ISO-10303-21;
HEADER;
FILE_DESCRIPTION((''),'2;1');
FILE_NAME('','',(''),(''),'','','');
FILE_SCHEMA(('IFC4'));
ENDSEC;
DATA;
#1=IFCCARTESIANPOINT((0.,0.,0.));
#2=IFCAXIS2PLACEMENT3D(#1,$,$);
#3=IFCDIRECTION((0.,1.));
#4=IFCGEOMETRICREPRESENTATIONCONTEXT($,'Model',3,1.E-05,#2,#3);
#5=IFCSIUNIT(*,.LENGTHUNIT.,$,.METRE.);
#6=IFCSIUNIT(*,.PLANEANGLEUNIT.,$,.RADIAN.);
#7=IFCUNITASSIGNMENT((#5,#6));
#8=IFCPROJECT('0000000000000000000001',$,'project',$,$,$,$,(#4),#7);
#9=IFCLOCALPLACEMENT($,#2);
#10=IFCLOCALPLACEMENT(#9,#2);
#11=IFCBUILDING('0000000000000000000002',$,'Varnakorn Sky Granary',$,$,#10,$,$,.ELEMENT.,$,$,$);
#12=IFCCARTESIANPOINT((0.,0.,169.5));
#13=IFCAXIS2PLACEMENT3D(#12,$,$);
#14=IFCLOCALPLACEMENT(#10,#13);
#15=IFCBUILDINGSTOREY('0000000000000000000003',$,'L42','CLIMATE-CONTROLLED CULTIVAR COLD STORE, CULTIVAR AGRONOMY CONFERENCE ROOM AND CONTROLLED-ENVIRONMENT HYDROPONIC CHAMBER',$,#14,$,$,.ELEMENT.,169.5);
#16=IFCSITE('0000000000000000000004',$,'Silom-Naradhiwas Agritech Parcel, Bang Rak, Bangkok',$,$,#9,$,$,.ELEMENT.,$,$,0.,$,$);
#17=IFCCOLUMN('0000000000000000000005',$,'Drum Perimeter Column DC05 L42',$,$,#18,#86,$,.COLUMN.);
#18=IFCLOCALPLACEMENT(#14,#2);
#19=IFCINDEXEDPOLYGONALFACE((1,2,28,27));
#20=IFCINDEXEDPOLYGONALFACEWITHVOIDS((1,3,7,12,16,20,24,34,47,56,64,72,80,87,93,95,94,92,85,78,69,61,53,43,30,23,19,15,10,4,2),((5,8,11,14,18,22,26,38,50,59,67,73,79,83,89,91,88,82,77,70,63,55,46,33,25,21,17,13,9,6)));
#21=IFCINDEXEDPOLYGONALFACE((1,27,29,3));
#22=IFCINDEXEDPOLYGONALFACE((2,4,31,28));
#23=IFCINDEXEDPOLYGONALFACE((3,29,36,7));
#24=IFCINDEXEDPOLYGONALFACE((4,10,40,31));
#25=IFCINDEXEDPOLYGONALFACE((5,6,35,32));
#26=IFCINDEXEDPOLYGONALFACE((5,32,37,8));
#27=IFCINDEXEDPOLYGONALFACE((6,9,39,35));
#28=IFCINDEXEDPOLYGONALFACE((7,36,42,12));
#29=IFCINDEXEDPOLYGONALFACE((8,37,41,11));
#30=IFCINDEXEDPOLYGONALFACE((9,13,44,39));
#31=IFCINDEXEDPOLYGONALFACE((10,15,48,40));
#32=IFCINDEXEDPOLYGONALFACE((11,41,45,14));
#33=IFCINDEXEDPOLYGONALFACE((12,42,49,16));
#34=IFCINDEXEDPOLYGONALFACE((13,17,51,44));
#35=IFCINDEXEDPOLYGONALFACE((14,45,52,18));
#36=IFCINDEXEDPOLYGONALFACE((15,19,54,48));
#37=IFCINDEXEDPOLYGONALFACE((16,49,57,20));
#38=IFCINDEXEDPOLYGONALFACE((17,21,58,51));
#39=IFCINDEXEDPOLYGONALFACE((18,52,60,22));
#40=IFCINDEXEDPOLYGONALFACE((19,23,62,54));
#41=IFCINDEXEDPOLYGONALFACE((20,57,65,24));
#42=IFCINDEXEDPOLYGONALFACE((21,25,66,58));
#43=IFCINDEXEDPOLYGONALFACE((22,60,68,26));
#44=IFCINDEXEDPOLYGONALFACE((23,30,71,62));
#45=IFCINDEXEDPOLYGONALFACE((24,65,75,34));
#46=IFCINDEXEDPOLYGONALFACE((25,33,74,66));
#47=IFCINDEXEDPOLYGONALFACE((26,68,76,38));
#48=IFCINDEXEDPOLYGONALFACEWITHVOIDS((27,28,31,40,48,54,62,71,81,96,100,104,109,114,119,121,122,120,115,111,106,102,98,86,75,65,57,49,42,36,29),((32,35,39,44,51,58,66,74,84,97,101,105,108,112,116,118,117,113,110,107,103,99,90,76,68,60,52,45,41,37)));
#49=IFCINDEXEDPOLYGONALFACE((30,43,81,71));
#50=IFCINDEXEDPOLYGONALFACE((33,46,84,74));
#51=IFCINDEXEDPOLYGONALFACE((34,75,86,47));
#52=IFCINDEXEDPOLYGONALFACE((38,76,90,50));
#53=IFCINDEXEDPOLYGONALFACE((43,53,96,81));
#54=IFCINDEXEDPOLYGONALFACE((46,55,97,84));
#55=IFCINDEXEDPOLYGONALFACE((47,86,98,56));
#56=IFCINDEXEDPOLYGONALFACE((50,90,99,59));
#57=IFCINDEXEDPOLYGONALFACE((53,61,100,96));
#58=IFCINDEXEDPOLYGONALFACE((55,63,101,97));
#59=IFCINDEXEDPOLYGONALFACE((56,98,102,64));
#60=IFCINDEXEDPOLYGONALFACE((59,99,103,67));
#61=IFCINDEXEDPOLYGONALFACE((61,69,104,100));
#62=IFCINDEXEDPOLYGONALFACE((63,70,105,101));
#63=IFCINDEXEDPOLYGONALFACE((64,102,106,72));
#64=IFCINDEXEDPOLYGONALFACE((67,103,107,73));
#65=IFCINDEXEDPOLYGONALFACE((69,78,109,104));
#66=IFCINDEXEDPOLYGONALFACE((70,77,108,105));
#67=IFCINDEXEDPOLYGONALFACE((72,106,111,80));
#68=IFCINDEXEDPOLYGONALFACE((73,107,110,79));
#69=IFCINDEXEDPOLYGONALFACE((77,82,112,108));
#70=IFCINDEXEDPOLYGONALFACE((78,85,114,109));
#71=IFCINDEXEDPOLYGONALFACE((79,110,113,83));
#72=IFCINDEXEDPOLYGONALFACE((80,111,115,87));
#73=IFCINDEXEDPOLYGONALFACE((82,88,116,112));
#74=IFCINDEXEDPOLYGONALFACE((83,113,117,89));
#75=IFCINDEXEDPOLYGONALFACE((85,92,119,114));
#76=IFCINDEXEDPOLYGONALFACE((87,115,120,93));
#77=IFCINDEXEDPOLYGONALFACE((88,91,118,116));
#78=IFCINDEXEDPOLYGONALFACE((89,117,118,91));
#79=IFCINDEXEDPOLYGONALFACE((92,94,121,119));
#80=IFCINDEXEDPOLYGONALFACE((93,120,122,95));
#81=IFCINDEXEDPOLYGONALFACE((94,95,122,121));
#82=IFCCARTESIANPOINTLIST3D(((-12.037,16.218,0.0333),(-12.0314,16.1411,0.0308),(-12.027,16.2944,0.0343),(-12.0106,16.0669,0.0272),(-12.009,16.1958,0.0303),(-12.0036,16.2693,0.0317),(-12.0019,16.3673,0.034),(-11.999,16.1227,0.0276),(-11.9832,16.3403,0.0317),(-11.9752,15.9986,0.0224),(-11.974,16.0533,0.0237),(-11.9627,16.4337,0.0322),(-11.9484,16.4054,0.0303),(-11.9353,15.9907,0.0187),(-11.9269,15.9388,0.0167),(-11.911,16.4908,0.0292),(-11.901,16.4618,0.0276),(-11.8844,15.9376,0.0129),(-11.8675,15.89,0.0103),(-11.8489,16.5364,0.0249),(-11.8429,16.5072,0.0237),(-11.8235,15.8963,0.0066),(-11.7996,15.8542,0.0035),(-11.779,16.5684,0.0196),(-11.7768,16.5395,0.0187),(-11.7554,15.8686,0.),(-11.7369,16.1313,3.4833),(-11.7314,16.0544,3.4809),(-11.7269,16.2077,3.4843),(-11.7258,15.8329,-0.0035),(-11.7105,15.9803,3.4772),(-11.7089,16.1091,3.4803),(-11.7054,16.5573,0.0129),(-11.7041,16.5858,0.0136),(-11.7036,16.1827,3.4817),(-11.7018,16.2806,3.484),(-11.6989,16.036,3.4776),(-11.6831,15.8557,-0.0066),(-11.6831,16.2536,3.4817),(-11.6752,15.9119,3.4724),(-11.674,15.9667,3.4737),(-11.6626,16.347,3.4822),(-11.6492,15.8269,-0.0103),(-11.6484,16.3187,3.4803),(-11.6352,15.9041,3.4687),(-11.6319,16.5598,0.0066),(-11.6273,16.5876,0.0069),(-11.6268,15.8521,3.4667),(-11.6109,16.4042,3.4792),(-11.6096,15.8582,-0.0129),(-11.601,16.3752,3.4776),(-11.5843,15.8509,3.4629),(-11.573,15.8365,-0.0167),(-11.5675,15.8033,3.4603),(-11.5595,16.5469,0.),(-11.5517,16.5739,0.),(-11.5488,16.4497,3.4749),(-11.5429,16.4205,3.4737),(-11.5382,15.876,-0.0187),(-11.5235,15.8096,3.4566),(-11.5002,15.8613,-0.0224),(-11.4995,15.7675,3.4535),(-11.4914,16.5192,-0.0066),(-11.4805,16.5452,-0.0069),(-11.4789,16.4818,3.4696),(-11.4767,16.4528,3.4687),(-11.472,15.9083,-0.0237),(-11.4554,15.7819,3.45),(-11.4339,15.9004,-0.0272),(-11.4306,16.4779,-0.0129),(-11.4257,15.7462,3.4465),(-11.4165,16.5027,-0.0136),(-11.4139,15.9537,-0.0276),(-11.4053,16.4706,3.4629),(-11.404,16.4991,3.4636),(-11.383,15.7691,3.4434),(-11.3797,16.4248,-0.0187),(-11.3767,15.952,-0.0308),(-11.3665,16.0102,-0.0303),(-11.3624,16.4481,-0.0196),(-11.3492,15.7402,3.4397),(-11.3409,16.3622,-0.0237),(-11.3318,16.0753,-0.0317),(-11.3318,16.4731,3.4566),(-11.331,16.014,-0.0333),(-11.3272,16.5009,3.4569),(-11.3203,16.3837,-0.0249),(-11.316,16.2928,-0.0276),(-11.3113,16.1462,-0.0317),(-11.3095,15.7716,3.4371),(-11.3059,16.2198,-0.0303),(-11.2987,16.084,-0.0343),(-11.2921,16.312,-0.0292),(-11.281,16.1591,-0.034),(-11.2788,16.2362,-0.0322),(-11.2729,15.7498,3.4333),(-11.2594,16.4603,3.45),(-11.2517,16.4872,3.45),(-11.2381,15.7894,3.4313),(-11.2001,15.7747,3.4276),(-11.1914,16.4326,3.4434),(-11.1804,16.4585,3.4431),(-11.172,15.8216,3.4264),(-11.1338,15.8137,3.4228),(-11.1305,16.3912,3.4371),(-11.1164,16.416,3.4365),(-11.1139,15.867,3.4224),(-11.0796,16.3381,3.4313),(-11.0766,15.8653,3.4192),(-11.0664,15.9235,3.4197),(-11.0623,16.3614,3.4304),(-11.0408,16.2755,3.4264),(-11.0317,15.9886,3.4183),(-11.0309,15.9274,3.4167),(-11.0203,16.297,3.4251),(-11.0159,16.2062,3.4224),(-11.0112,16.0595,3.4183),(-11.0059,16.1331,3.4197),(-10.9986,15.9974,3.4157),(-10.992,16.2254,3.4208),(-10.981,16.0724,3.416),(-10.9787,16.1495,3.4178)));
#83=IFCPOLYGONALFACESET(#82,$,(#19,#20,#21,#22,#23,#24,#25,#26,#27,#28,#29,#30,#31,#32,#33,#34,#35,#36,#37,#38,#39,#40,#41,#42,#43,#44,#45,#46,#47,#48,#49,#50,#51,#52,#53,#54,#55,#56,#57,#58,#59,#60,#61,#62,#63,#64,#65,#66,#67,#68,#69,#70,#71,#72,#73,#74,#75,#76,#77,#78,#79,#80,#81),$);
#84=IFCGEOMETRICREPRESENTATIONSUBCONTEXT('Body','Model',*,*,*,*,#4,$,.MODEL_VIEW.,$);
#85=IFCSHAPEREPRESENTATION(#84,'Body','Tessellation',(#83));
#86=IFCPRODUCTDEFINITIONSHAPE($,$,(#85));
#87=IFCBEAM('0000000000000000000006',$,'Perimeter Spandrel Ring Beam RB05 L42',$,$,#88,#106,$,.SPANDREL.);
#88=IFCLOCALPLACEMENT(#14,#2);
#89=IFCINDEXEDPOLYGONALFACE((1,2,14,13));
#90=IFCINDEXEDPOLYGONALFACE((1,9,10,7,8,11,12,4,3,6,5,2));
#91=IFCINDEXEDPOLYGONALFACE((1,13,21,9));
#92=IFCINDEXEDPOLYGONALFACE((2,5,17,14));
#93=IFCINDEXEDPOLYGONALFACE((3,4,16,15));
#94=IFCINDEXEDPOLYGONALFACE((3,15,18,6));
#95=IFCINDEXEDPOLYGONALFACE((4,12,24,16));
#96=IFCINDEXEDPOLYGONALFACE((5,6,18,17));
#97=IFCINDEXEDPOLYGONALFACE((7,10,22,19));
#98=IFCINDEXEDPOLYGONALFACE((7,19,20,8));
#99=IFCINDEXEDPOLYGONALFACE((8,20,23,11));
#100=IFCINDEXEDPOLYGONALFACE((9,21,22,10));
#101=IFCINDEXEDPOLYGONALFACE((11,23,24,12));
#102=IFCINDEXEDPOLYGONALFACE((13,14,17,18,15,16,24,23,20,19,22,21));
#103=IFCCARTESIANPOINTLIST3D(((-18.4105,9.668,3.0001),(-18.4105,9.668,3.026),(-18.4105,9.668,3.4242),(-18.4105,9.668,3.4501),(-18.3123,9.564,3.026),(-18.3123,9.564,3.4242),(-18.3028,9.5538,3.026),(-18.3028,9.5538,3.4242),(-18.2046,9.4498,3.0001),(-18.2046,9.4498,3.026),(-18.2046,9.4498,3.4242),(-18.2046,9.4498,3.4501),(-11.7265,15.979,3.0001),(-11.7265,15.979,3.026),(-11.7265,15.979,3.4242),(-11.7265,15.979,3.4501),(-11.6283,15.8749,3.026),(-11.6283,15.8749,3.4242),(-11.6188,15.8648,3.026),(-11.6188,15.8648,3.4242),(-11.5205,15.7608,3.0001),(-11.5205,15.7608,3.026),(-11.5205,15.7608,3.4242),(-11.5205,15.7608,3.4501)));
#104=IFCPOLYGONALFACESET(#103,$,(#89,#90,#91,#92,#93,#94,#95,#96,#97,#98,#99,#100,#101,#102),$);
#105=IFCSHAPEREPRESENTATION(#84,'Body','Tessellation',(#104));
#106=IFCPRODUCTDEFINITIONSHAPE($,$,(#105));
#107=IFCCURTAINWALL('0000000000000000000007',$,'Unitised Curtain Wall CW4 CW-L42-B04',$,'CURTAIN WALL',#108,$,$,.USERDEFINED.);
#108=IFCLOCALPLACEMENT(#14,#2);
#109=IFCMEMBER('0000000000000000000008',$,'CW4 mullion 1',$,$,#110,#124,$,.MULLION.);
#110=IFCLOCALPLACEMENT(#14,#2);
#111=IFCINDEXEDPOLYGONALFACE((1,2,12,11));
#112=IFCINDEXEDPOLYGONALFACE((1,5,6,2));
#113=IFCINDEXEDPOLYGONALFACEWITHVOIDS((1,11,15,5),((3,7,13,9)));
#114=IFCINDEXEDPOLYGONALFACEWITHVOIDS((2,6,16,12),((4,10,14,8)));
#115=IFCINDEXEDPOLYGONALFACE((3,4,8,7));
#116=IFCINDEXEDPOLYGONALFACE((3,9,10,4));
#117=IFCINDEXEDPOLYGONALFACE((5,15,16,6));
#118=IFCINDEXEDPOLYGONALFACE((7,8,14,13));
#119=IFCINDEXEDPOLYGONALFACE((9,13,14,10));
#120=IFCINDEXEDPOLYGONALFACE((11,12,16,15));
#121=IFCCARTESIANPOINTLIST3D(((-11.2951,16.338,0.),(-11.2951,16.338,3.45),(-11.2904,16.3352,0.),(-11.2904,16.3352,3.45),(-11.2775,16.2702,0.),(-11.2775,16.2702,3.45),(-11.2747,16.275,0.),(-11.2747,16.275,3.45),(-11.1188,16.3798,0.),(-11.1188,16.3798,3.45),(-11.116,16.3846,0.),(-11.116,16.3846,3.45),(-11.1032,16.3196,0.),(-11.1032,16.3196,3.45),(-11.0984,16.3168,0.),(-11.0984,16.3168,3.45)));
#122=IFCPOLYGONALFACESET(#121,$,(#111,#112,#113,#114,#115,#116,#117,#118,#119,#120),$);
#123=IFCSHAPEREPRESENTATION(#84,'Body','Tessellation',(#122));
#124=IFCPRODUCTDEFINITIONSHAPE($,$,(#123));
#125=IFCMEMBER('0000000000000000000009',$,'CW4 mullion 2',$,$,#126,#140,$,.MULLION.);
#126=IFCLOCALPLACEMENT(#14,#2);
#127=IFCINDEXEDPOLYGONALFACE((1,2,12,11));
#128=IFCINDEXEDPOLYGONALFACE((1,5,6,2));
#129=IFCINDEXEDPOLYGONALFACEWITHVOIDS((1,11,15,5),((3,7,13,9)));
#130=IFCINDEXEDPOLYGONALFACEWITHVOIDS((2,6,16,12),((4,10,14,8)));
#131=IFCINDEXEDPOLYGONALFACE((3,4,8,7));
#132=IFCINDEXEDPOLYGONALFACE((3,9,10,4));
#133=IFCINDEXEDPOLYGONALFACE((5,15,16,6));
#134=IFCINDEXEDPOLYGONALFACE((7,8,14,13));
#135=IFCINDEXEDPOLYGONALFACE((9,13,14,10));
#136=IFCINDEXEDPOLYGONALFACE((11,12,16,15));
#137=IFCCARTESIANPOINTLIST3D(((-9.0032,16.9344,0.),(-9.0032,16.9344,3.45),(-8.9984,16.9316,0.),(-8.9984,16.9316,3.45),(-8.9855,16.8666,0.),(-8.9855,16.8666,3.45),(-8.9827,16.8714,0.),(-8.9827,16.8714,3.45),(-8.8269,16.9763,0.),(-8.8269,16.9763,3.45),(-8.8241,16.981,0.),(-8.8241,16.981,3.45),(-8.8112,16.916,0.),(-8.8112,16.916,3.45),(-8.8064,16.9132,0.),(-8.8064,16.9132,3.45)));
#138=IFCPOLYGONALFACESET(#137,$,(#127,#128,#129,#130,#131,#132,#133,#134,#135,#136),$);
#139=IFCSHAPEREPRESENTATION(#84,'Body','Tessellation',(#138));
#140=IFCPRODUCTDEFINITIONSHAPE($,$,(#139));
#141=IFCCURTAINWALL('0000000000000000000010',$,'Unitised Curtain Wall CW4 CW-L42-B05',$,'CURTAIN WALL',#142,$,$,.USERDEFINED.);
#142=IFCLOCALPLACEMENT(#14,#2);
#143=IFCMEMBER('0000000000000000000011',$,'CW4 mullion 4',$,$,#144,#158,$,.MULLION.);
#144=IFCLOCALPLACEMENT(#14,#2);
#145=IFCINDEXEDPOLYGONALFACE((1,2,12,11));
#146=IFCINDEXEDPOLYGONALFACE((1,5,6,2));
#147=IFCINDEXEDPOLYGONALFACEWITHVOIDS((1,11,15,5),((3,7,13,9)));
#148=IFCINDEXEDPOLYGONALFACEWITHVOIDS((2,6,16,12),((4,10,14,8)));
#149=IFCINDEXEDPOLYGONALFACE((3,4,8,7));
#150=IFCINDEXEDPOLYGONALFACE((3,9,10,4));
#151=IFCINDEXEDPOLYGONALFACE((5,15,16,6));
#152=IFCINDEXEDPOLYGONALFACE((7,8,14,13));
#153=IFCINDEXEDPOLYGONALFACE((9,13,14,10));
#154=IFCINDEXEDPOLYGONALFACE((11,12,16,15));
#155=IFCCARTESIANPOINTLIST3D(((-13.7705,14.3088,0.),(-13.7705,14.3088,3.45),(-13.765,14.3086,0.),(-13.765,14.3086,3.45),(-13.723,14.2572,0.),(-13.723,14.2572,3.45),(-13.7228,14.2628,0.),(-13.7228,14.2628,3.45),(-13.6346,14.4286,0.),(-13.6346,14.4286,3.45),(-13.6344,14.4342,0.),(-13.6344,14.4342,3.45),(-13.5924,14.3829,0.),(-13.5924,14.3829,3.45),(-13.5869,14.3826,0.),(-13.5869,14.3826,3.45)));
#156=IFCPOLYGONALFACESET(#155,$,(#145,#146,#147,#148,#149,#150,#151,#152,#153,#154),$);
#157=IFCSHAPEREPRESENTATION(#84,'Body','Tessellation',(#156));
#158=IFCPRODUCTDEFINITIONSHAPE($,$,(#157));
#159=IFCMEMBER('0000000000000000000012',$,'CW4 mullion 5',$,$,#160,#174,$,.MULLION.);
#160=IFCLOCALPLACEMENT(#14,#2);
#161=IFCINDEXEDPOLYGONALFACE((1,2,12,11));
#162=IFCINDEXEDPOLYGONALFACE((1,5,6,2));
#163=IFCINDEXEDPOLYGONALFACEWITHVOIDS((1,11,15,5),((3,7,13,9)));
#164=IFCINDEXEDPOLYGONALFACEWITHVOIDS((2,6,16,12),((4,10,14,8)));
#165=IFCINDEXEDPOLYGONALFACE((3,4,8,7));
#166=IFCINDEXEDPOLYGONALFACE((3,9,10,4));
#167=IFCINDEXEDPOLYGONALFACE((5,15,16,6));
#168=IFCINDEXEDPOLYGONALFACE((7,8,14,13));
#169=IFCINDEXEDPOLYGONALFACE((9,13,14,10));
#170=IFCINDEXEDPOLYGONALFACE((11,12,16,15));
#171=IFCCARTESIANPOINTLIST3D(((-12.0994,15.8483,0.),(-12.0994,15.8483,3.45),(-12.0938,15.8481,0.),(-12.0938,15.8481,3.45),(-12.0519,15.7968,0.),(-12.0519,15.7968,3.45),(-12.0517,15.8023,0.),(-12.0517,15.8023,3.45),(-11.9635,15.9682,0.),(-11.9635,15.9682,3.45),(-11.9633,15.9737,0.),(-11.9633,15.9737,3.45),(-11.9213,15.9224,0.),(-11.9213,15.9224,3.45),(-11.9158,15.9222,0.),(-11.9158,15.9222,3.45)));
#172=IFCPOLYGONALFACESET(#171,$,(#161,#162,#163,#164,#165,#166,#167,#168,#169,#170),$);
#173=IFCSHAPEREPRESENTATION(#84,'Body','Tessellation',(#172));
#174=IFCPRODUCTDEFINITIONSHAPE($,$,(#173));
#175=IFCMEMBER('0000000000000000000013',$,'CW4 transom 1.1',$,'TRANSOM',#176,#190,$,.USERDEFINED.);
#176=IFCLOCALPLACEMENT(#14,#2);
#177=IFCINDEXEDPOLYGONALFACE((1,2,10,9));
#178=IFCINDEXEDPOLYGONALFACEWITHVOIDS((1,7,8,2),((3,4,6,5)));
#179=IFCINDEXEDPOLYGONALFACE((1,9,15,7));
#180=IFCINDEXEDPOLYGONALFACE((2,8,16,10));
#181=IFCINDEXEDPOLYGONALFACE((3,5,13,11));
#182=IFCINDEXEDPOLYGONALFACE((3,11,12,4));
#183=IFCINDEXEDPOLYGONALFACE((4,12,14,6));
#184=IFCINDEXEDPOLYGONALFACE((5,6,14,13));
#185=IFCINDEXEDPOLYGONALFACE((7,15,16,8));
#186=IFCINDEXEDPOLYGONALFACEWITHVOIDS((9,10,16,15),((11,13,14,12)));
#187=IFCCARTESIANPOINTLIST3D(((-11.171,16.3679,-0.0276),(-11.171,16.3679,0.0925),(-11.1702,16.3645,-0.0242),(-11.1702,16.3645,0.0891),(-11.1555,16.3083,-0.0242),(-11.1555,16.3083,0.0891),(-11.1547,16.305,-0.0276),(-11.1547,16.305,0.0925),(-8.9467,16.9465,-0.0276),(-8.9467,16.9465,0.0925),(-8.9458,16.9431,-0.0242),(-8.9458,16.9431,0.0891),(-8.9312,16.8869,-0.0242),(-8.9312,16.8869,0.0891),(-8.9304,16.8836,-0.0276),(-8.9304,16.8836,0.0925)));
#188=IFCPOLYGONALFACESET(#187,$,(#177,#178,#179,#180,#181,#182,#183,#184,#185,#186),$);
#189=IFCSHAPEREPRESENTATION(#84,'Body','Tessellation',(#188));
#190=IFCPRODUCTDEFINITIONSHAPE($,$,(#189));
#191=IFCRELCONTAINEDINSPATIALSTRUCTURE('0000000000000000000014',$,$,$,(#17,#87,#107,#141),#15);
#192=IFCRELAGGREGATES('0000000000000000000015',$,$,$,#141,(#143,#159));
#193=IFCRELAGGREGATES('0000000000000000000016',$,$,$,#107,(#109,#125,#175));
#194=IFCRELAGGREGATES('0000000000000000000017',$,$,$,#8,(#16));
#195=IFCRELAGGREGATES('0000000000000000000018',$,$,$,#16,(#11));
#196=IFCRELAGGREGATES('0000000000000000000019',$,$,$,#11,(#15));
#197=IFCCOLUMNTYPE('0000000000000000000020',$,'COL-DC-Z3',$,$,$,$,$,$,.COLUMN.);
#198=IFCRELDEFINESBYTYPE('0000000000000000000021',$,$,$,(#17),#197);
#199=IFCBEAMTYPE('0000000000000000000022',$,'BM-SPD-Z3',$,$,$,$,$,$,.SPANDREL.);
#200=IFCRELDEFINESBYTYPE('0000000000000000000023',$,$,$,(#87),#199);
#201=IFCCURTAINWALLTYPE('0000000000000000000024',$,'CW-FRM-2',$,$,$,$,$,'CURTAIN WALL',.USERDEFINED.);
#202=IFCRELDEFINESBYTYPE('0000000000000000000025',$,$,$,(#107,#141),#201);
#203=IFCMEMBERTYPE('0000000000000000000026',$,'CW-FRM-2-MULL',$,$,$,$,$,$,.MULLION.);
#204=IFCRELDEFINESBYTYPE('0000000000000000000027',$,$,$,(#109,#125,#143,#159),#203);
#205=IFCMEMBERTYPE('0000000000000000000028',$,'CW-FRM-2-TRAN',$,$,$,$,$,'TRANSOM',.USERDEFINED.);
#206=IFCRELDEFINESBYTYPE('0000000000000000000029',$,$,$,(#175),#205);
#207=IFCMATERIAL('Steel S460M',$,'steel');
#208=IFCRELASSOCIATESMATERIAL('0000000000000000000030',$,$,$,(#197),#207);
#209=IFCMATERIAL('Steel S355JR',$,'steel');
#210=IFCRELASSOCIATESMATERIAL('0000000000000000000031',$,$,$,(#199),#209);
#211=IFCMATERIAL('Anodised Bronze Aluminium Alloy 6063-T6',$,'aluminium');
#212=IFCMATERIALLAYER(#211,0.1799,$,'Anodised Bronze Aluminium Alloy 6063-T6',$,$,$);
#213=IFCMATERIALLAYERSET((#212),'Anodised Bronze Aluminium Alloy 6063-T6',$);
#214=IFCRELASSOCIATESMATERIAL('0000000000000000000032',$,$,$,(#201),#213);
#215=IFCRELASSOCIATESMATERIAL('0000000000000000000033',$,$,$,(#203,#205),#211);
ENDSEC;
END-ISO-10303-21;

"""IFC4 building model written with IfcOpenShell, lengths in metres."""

from ifc_helpers import new_model, si_unit, direction, frame, origin, origin_2d, place, context, subcontext, project, spatial, hollow_rectangle, hollow_circle, i_section, extrude, material, layer, layer_set, material_profile, profile_set, type_object, element, aggregate, save


model = new_model("IFC4")

# Units and contexts
model_context = context("Model", 3, precision=1e-05, world=origin(), true_north=direction((0.0, 1.0)))
body_context = subcontext(model_context, "Body", "Model", "MODEL_VIEW")
ifc_project = project(units=[si_unit("LENGTHUNIT", "METRE"), si_unit("PLANEANGLEUNIT", "RADIAN")], contexts=[model_context])

# Site, building, storey
site_placement = place(None, origin())
site = spatial("IfcSite", under=ifc_project, at=site_placement, Name="Silom-Naradhiwas Agritech Parcel, Bang Rak, Bangkok", CompositionType="ELEMENT", RefElevation=0.0)
building_placement = place(site_placement, origin())
building = spatial("IfcBuilding", under=site, at=building_placement, Name="Varnakorn Sky Granary", CompositionType="ELEMENT")
storey_placement = place(building_placement, frame((0.0, 0.0, 169.5)))
storey = spatial("IfcBuildingStorey", under=building, at=storey_placement, Name="L42", Description="CLIMATE-CONTROLLED CULTIVAR COLD STORE, CULTIVAR AGRONOMY CONFERENCE ROOM AND CONTROLLED-ENVIRONMENT HYDROPONIC CHAMBER", CompositionType="ELEMENT", Elevation=169.5)

# Column
ifc_material_1 = material(Name="Steel S460M", Category="steel")
ifc_material_profile_1 = material_profile(ifc_material_1, hollow_circle(Radius=0.3811, WallThickness=0.0281, at=origin_2d()), Name="CHS 762x28")
ifc_profile_set_1 = profile_set([ifc_material_profile_1], Name="Steel S460M")
column_type = type_object("IfcColumnType", Name="COL-DC-Z3", PredefinedType="COLUMN", material=ifc_profile_set_1)
column_placement = place(storey_placement, frame((-11.6575, 16.2078, 0.0), z_axis=(0.086618, -0.02502, 0.995927), x_axis=(0.277508, 0.960723, 0.0)))
element("IfcColumn", 1, at=column_placement, inside=storey, type_object=column_type, Name="Drum Perimeter Column DC05 L42", PredefinedType="COLUMN", context=body_context, shape_type="SweptSolid", body=[
    extrude(hollow_circle(Radius=0.3811, WallThickness=0.0281, at=origin_2d()), origin(), (0.0, 0.0, 1.0), 3.4641),
])

# Beam
ifc_material_2 = material(Name="Steel S355JR", Category="steel")
ifc_material_profile_2 = material_profile(ifc_material_2, i_section(OverallWidth=0.3, OverallDepth=0.45, WebThickness=0.0139, FlangeThickness=0.0259, at=origin_2d()), Name="HE 450 B")
ifc_profile_set_2 = profile_set([ifc_material_profile_2], Name="Steel S355JR")
beam_type = type_object("IfcBeamType", Name="BM-SPD-Z3", PredefinedType="SPANDREL", material=ifc_profile_set_2)
beam_placement = place(storey_placement, frame((-11.6235, 15.8699, 3.2251), z_axis=(-0.727106, -0.686525, 0.0), x_axis=(0.686525, -0.727106, 0.0)))
element("IfcBeam", 2, at=beam_placement, inside=storey, type_object=beam_type, Name="Perimeter Spandrel Ring Beam RB05 L42", PredefinedType="SPANDREL", context=body_context, shape_type="SweptSolid", body=[
    extrude(i_section(OverallWidth=0.3, OverallDepth=0.45, WebThickness=0.0139, FlangeThickness=0.0259, at=origin_2d()), origin(), (0.0, 0.0, 1.0), 9.1926),
])

# Curtain walls, members
ifc_material_3 = material(Name="Anodised Bronze Aluminium Alloy 6063-T6", Category="aluminium")
ifc_layer_1 = layer(ifc_material_3, 0.1799, Name="Anodised Bronze Aluminium Alloy 6063-T6")
ifc_layer_set_1 = layer_set([ifc_layer_1], Name="Anodised Bronze Aluminium Alloy 6063-T6")
curtain_wall_type = type_object("IfcCurtainWallType", Name="CW-FRM-2", ElementType="CURTAIN WALL", PredefinedType="USERDEFINED", material=ifc_layer_set_1)
curtain_wall_1_placement = place(storey_placement, origin())
curtain_wall_1 = element("IfcCurtainWall", 3, at=curtain_wall_1_placement, inside=storey, type_object=curtain_wall_type, Name="Unitised Curtain Wall CW4 CW-L42-B04", ObjectType="CURTAIN WALL", PredefinedType="USERDEFINED")
ifc_material_profile_3 = material_profile(ifc_material_3, hollow_rectangle(XDim=0.0701, YDim=0.1851, WallThickness=0.0039, at=origin_2d()), Name="ALU MULL 70x185")
ifc_profile_set_3 = profile_set([ifc_material_profile_3], Name="Anodised Bronze Aluminium Alloy 6063-T6")
member_type_1 = type_object("IfcMemberType", Name="CW-FRM-2-MULL", PredefinedType="MULLION", material=ifc_profile_set_3)
member_1_placement = place(storey_placement, frame((-11.1968, 16.3274, 0.0), z_axis=(0.0, 0.0, 1.0), x_axis=(-0.251759, 0.96779, 0.0)))
member_1 = element("IfcMember", 4, at=member_1_placement, type_object=member_type_1, Name="CW4 mullion 1", PredefinedType="MULLION", context=body_context, shape_type="SweptSolid", body=[
    extrude(hollow_rectangle(XDim=0.0701, YDim=0.1851, WallThickness=0.0039, at=origin_2d()), origin(), (0.0, 0.0, 1.0), 3.45),
])
member_2_placement = place(storey_placement, frame((-8.9048, 16.9238, 0.0), z_axis=(0.0, 0.0, 1.0), x_axis=(-0.251759, 0.96779, 0.0)))
member_2 = element("IfcMember", 5, at=member_2_placement, type_object=member_type_1, Name="CW4 mullion 2", PredefinedType="MULLION", context=body_context, shape_type="SweptSolid", body=[
    extrude(hollow_rectangle(XDim=0.0701, YDim=0.1851, WallThickness=0.0039, at=origin_2d()), origin(), (0.0, 0.0, 1.0), 3.45),
])
curtain_wall_2_placement = place(storey_placement, origin())
curtain_wall_2 = element("IfcCurtainWall", 6, at=curtain_wall_2_placement, inside=storey, type_object=curtain_wall_type, Name="Unitised Curtain Wall CW4 CW-L42-B05", ObjectType="CURTAIN WALL", PredefinedType="USERDEFINED")
member_3_placement = place(storey_placement, frame((-13.6787, 14.3457, 0.0), z_axis=(0.0, 0.0, 1.0), x_axis=(-0.677548, 0.735479, 0.0)))
member_3 = element("IfcMember", 7, at=member_3_placement, type_object=member_type_1, Name="CW4 mullion 4", PredefinedType="MULLION", context=body_context, shape_type="SweptSolid", body=[
    extrude(hollow_rectangle(XDim=0.0701, YDim=0.1851, WallThickness=0.0039, at=origin_2d()), origin(), (0.0, 0.0, 1.0), 3.45),
])
member_4_placement = place(storey_placement, frame((-12.0076, 15.8853, 0.0), z_axis=(0.0, 0.0, 1.0), x_axis=(-0.677548, 0.735479, 0.0)))
member_4 = element("IfcMember", 8, at=member_4_placement, type_object=member_type_1, Name="CW4 mullion 5", PredefinedType="MULLION", context=body_context, shape_type="SweptSolid", body=[
    extrude(hollow_rectangle(XDim=0.0701, YDim=0.1851, WallThickness=0.0039, at=origin_2d()), origin(), (0.0, 0.0, 1.0), 3.45),
])

# Member
ifc_material_profile_4 = material_profile(ifc_material_3, hollow_rectangle(XDim=0.0649, YDim=0.1201, WallThickness=0.0034, at=origin_2d()), Name="ALU TRAN 65x120")
ifc_profile_set_4 = profile_set([ifc_material_profile_4], Name="Anodised Bronze Aluminium Alloy 6063-T6")
member_type_2 = type_object("IfcMemberType", Name="CW-FRM-2-TRAN", ElementType="TRANSOM", PredefinedType="USERDEFINED", material=ifc_profile_set_4)
member_5_placement = place(storey_placement, frame((-11.1628, 16.3364, 0.0325), z_axis=(0.967793, 0.251747, 0.0), x_axis=(-0.251747, 0.967793, 0.0)))
member_5 = element("IfcMember", 9, at=member_5_placement, type_object=member_type_2, Name="CW4 transom 1.1", ObjectType="TRANSOM", PredefinedType="USERDEFINED", context=body_context, shape_type="SweptSolid", body=[
    extrude(hollow_rectangle(XDim=0.0649, YDim=0.1201, WallThickness=0.0034, at=origin_2d()), origin(), (0.0, 0.0, 1.0), 2.2983),
])

aggregate(curtain_wall_2, [member_3, member_4])
aggregate(curtain_wall_1, [member_1, member_2, member_5])

save(model, "model.ifc")
